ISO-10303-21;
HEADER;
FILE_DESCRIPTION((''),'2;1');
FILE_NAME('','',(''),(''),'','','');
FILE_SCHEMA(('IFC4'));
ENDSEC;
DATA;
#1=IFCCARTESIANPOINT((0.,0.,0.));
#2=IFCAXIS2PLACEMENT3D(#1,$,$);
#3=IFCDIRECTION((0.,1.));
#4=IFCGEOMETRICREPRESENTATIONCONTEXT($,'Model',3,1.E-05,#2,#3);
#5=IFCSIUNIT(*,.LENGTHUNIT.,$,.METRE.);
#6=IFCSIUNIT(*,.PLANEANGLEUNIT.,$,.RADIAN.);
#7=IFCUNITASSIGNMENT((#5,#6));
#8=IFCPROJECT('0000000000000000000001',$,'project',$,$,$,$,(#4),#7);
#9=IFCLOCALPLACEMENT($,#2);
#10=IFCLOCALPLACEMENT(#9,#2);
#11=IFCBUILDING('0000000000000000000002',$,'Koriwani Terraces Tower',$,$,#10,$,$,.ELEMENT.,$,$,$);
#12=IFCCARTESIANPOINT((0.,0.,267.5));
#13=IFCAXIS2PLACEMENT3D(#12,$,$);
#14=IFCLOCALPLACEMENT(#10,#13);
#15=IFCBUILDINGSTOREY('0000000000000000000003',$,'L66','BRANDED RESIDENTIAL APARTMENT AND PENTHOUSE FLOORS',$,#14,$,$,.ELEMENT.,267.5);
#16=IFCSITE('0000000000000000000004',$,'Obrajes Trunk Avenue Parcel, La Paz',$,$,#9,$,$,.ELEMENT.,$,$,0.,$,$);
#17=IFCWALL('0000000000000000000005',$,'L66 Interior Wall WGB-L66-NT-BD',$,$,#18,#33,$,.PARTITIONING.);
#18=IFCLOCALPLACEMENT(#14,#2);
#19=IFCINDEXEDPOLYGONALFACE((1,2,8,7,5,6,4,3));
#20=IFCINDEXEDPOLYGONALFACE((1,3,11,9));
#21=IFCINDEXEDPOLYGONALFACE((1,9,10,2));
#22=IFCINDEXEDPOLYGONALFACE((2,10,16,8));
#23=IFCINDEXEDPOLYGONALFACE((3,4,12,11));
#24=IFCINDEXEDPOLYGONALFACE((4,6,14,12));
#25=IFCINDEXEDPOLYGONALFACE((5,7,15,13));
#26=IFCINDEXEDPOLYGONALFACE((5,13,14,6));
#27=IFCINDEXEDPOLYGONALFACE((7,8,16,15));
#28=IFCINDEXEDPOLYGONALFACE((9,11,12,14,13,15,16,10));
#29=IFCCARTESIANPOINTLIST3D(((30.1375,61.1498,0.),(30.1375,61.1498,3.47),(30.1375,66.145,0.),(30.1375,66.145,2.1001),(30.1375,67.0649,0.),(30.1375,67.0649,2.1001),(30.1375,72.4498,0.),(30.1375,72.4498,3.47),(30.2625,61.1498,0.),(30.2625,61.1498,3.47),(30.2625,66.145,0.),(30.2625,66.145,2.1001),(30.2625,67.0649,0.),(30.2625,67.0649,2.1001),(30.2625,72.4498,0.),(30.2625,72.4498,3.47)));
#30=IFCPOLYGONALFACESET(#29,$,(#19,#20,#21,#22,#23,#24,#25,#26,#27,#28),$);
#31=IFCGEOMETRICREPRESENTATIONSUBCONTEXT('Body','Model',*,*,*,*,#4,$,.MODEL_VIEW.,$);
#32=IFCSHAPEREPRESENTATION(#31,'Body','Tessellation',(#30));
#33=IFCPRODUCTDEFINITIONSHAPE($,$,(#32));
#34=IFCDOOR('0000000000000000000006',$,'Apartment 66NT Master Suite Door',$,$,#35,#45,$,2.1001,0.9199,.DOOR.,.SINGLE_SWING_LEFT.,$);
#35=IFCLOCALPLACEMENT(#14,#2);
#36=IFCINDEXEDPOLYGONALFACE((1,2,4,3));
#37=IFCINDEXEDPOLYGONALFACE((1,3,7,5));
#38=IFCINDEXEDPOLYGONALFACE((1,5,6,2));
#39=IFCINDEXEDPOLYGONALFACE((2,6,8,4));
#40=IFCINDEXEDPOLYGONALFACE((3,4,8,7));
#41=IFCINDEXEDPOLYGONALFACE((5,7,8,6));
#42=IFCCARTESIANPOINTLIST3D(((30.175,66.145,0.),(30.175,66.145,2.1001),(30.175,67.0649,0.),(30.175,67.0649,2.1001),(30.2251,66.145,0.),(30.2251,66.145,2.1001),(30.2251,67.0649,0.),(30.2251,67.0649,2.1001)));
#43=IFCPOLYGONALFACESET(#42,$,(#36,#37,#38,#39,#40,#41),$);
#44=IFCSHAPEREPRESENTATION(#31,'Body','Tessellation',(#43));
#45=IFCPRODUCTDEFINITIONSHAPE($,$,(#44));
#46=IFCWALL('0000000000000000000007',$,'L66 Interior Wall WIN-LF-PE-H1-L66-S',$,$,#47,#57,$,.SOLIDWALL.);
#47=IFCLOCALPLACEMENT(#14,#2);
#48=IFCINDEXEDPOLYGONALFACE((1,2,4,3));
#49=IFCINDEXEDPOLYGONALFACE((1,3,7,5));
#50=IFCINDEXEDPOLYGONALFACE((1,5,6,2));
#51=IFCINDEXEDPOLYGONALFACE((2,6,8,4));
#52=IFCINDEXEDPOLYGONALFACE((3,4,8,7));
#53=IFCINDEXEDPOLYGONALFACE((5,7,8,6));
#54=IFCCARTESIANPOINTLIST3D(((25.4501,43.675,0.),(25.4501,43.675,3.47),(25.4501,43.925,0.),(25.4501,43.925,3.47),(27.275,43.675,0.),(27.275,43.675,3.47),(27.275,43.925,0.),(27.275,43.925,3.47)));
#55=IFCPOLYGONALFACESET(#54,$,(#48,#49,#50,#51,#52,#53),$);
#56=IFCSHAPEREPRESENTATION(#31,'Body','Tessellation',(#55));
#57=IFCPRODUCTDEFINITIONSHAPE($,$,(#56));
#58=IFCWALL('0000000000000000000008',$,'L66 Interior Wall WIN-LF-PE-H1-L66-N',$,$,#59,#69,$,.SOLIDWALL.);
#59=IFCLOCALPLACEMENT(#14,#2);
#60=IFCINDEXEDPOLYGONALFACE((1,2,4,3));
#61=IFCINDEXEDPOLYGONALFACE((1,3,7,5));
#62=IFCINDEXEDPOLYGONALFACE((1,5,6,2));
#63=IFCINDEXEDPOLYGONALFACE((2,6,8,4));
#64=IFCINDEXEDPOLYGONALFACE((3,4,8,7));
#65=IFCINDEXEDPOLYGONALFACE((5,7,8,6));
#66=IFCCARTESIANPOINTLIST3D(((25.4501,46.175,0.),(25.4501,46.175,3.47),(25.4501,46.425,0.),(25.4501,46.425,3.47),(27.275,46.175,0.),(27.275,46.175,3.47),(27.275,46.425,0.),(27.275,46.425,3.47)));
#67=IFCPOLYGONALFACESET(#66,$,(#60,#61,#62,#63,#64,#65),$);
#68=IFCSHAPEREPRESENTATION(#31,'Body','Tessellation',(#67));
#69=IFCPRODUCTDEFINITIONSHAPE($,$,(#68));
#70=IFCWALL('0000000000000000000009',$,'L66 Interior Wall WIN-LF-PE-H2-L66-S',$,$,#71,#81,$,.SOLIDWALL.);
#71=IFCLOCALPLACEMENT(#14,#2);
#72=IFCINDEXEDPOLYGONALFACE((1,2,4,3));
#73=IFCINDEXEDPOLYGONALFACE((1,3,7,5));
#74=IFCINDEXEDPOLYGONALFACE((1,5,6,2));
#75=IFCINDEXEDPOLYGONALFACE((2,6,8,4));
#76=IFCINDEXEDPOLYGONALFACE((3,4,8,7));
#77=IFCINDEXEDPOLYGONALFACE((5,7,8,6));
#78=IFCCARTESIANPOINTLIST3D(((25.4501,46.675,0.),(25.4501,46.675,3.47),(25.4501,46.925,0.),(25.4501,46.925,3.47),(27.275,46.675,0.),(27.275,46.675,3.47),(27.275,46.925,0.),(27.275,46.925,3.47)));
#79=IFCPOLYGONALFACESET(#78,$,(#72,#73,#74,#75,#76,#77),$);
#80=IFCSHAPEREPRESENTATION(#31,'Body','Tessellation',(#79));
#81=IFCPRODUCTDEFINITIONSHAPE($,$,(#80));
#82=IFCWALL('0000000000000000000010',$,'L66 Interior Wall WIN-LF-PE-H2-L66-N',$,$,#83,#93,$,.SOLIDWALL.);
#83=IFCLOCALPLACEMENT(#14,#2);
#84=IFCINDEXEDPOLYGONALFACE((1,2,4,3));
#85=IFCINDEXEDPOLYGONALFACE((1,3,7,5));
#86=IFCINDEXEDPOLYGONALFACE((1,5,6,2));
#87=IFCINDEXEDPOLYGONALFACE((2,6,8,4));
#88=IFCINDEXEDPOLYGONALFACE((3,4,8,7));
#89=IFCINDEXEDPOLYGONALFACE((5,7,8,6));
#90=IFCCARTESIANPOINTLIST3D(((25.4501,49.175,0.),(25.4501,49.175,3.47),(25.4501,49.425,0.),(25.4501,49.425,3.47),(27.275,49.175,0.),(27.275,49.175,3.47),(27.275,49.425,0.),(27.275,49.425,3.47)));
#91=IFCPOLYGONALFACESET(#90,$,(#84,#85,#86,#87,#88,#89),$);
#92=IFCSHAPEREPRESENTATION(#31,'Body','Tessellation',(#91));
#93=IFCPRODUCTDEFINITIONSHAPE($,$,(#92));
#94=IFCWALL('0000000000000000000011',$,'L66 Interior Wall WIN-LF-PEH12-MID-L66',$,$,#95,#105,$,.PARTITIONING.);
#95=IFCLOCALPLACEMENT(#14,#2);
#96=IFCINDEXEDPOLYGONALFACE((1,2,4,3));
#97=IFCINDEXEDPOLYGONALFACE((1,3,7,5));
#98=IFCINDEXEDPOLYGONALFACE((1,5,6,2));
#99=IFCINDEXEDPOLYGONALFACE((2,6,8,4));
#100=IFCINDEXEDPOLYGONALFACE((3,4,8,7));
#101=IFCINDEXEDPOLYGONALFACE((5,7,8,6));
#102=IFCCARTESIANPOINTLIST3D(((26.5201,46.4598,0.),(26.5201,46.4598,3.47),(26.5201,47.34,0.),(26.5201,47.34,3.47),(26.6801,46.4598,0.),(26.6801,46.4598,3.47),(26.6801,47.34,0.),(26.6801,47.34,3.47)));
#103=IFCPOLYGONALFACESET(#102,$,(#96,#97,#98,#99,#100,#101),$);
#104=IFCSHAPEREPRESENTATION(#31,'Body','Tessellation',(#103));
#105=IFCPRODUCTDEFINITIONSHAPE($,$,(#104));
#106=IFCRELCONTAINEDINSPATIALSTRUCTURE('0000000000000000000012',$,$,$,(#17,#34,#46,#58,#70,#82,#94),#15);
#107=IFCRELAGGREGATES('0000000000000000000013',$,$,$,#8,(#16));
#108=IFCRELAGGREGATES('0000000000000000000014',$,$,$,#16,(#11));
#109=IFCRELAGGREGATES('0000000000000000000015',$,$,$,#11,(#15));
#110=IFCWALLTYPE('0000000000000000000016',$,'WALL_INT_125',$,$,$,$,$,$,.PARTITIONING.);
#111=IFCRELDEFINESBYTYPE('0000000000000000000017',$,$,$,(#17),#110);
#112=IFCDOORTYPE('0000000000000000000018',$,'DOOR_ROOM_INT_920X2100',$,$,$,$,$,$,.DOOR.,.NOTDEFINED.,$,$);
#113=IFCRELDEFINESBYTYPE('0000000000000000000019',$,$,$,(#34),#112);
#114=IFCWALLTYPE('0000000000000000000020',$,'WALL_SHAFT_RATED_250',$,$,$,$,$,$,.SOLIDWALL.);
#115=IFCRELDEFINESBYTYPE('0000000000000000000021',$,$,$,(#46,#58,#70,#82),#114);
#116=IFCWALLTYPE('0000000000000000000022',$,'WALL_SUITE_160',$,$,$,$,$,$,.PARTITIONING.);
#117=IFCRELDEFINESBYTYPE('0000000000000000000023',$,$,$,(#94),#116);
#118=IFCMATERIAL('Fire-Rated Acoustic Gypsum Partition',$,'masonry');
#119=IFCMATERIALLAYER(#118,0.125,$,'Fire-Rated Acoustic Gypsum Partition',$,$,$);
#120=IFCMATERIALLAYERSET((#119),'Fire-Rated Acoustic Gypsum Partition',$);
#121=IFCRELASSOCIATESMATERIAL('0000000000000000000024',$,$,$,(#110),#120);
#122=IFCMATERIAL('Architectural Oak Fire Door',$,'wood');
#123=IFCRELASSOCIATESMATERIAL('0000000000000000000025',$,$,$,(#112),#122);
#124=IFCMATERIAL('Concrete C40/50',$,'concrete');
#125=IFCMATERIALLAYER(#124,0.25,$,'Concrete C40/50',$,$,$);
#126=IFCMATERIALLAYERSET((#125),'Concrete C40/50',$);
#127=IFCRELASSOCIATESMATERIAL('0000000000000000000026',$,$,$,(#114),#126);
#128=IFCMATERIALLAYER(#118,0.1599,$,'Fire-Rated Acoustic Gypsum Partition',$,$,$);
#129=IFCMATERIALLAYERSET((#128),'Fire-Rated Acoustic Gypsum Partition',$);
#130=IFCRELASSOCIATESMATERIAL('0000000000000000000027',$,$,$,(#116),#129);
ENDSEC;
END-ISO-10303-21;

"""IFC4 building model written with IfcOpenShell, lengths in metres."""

from ifc_helpers import new_model, si_unit, direction, frame, frame_2d, origin, place, context, subcontext, project, spatial, rectangle, extrude, material, layer, layer_set, type_object, element, fill, save


model = new_model("IFC4")

# Units and contexts
model_context = context("Model", 3, precision=1e-05, world=origin(), true_north=direction((0.0, 1.0)))
body_context = subcontext(model_context, "Body", "Model", "MODEL_VIEW")
ifc_project = project(units=[si_unit("LENGTHUNIT", "METRE"), si_unit("PLANEANGLEUNIT", "RADIAN")], contexts=[model_context])

# Site, building, storey
site_placement = place(None, origin())
site = spatial("IfcSite", under=ifc_project, at=site_placement, Name="Obrajes Trunk Avenue Parcel, La Paz", CompositionType="ELEMENT", RefElevation=0.0)
building_placement = place(site_placement, origin())
building = spatial("IfcBuilding", under=site, at=building_placement, Name="Koriwani Terraces Tower", CompositionType="ELEMENT")
storey_placement = place(building_placement, frame((0.0, 0.0, 267.5)))
storey = spatial("IfcBuildingStorey", under=building, at=storey_placement, Name="L66", Description="BRANDED RESIDENTIAL APARTMENT AND PENTHOUSE FLOORS", CompositionType="ELEMENT", Elevation=267.5)

# Wall, opening, door
ifc_material_1 = material(Name="Fire-Rated Acoustic Gypsum Partition", Category="masonry")
ifc_layer_1 = layer(ifc_material_1, 0.125, Name="Fire-Rated Acoustic Gypsum Partition")
ifc_layer_set_1 = layer_set([ifc_layer_1], Name="Fire-Rated Acoustic Gypsum Partition")
wall_type_1 = type_object("IfcWallType", Name="WALL_INT_125", PredefinedType="PARTITIONING", material=ifc_layer_set_1)
wall_1_placement = place(storey_placement, frame((30.2, 61.1499, 0.0), z_axis=(0.0, 0.0, 1.0), x_axis=(0.0, 1.0, 0.0)))
wall_1 = element("IfcWall", 1, at=wall_1_placement, inside=storey, type_object=wall_type_1, Name="L66 Interior Wall WGB-L66-NT-BD", PredefinedType="PARTITIONING", context=body_context, shape_type="SweptSolid", body=[
    extrude(rectangle(XDim=11.3, YDim=0.125, at=frame_2d((5.6499, 0.0))), origin(), (0.0, 0.0, 1.0), 3.47),
])
opening_1_placement = place(wall_1_placement, frame((4.9951, 0.0, 0.0)))
opening_1 = element("IfcOpeningElement", 2, at=opening_1_placement, cuts=wall_1, PredefinedType="OPENING", context=body_context, shape_type="SweptSolid", body=[
    extrude(rectangle(XDim=0.9199, YDim=2.1001, at=frame_2d((0.46, 1.05))), frame((0.0, 0.0725, 0.0), z_axis=(0.0, -1.0, 0.0), x_axis=(1.0, 0.0, 0.0)), (0.0, 0.0, 1.0), 0.145),
])
ifc_material_2 = material(Name="Architectural Oak Fire Door", Category="wood")
door_type_1 = type_object("IfcDoorType", Name="DOOR_ROOM_INT_920X2100", OperationType="NOTDEFINED", PredefinedType="DOOR", material=ifc_material_2)
door_1_placement = place(opening_1_placement, origin())
door_1 = element("IfcDoor", 3, at=door_1_placement, inside=storey, type_object=door_type_1, Name="Apartment 66NT Master Suite Door", OperationType="SINGLE_SWING_LEFT", OverallHeight=2.1001, OverallWidth=0.9199, PredefinedType="DOOR", context=body_context, shape_type="SweptSolid", body=[
    extrude(rectangle(XDim=0.9199, YDim=2.1001, at=frame_2d((0.46, 1.05))), frame((0.0, 0.0249, 0.0), z_axis=(0.0, -1.0, 0.0), x_axis=(1.0, 0.0, 0.0)), (0.0, 0.0, 1.0), 0.05),
])
fill(opening_1, door_1)
ifc_material_3 = material(Name="Concrete C40/50", Category="concrete")
ifc_layer_2 = layer(ifc_material_3, 0.25, Name="Concrete C40/50")
ifc_layer_set_2 = layer_set([ifc_layer_2], Name="Concrete C40/50")
wall_type_2 = type_object("IfcWallType", Name="WALL_SHAFT_RATED_250", PredefinedType="SOLIDWALL", material=ifc_layer_set_2)

# Walls
for number, where, z_axis, x_axis, name in (
    (4, (25.45, 43.8, 0.0), (0.0, 0.0, 1.0), (1.0, 0.0, 0.0), "L66 Interior Wall WIN-LF-PE-H1-L66-S"),
    (5, (25.45, 46.3, 0.0), (0.0, 0.0, 1.0), (1.0, 0.0, 0.0), "L66 Interior Wall WIN-LF-PE-H1-L66-N"),
):
    element("IfcWall", number, at=place(storey_placement, frame(where, z_axis=z_axis, x_axis=x_axis)), inside=storey, type_object=wall_type_2, Name=name, PredefinedType="SOLIDWALL", context=body_context, shape_type="SweptSolid", body=[
        extrude(rectangle(XDim=1.825, YDim=0.25, at=frame_2d((0.9126, 0.0))), origin(), (0.0, 0.0, 1.0), 3.47),
    ])

# Walls
for number, where, z_axis, x_axis, name in (
    (6, (25.45, 46.8, 0.0), (0.0, 0.0, 1.0), (1.0, 0.0, 0.0), "L66 Interior Wall WIN-LF-PE-H2-L66-S"),
    (7, (25.45, 49.3, 0.0), (0.0, 0.0, 1.0), (1.0, 0.0, 0.0), "L66 Interior Wall WIN-LF-PE-H2-L66-N"),
):
    element("IfcWall", number, at=place(storey_placement, frame(where, z_axis=z_axis, x_axis=x_axis)), inside=storey, type_object=wall_type_2, Name=name, PredefinedType="SOLIDWALL", context=body_context, shape_type="SweptSolid", body=[
        extrude(rectangle(XDim=1.825, YDim=0.25, at=frame_2d((0.9126, 0.0))), origin(), (0.0, 0.0, 1.0), 3.47),
    ])
ifc_layer_3 = layer(ifc_material_1, 0.1599, Name="Fire-Rated Acoustic Gypsum Partition")
ifc_layer_set_3 = layer_set([ifc_layer_3], Name="Fire-Rated Acoustic Gypsum Partition")
wall_type_3 = type_object("IfcWallType", Name="WALL_SUITE_160", PredefinedType="PARTITIONING", material=ifc_layer_set_3)
wall_2_placement = place(storey_placement, frame((26.6001, 46.46, 0.0), z_axis=(0.0, 0.0, 1.0), x_axis=(0.0, 1.0, 0.0)))
element("IfcWall", 8, at=wall_2_placement, inside=storey, type_object=wall_type_3, Name="L66 Interior Wall WIN-LF-PEH12-MID-L66", PredefinedType="PARTITIONING", context=body_context, shape_type="SweptSolid", body=[
    extrude(rectangle(XDim=0.8801, YDim=0.1599, at=frame_2d((0.4399, 0.0))), origin(), (0.0, 0.0, 1.0), 3.47),
])

save(model, "model.ifc")
